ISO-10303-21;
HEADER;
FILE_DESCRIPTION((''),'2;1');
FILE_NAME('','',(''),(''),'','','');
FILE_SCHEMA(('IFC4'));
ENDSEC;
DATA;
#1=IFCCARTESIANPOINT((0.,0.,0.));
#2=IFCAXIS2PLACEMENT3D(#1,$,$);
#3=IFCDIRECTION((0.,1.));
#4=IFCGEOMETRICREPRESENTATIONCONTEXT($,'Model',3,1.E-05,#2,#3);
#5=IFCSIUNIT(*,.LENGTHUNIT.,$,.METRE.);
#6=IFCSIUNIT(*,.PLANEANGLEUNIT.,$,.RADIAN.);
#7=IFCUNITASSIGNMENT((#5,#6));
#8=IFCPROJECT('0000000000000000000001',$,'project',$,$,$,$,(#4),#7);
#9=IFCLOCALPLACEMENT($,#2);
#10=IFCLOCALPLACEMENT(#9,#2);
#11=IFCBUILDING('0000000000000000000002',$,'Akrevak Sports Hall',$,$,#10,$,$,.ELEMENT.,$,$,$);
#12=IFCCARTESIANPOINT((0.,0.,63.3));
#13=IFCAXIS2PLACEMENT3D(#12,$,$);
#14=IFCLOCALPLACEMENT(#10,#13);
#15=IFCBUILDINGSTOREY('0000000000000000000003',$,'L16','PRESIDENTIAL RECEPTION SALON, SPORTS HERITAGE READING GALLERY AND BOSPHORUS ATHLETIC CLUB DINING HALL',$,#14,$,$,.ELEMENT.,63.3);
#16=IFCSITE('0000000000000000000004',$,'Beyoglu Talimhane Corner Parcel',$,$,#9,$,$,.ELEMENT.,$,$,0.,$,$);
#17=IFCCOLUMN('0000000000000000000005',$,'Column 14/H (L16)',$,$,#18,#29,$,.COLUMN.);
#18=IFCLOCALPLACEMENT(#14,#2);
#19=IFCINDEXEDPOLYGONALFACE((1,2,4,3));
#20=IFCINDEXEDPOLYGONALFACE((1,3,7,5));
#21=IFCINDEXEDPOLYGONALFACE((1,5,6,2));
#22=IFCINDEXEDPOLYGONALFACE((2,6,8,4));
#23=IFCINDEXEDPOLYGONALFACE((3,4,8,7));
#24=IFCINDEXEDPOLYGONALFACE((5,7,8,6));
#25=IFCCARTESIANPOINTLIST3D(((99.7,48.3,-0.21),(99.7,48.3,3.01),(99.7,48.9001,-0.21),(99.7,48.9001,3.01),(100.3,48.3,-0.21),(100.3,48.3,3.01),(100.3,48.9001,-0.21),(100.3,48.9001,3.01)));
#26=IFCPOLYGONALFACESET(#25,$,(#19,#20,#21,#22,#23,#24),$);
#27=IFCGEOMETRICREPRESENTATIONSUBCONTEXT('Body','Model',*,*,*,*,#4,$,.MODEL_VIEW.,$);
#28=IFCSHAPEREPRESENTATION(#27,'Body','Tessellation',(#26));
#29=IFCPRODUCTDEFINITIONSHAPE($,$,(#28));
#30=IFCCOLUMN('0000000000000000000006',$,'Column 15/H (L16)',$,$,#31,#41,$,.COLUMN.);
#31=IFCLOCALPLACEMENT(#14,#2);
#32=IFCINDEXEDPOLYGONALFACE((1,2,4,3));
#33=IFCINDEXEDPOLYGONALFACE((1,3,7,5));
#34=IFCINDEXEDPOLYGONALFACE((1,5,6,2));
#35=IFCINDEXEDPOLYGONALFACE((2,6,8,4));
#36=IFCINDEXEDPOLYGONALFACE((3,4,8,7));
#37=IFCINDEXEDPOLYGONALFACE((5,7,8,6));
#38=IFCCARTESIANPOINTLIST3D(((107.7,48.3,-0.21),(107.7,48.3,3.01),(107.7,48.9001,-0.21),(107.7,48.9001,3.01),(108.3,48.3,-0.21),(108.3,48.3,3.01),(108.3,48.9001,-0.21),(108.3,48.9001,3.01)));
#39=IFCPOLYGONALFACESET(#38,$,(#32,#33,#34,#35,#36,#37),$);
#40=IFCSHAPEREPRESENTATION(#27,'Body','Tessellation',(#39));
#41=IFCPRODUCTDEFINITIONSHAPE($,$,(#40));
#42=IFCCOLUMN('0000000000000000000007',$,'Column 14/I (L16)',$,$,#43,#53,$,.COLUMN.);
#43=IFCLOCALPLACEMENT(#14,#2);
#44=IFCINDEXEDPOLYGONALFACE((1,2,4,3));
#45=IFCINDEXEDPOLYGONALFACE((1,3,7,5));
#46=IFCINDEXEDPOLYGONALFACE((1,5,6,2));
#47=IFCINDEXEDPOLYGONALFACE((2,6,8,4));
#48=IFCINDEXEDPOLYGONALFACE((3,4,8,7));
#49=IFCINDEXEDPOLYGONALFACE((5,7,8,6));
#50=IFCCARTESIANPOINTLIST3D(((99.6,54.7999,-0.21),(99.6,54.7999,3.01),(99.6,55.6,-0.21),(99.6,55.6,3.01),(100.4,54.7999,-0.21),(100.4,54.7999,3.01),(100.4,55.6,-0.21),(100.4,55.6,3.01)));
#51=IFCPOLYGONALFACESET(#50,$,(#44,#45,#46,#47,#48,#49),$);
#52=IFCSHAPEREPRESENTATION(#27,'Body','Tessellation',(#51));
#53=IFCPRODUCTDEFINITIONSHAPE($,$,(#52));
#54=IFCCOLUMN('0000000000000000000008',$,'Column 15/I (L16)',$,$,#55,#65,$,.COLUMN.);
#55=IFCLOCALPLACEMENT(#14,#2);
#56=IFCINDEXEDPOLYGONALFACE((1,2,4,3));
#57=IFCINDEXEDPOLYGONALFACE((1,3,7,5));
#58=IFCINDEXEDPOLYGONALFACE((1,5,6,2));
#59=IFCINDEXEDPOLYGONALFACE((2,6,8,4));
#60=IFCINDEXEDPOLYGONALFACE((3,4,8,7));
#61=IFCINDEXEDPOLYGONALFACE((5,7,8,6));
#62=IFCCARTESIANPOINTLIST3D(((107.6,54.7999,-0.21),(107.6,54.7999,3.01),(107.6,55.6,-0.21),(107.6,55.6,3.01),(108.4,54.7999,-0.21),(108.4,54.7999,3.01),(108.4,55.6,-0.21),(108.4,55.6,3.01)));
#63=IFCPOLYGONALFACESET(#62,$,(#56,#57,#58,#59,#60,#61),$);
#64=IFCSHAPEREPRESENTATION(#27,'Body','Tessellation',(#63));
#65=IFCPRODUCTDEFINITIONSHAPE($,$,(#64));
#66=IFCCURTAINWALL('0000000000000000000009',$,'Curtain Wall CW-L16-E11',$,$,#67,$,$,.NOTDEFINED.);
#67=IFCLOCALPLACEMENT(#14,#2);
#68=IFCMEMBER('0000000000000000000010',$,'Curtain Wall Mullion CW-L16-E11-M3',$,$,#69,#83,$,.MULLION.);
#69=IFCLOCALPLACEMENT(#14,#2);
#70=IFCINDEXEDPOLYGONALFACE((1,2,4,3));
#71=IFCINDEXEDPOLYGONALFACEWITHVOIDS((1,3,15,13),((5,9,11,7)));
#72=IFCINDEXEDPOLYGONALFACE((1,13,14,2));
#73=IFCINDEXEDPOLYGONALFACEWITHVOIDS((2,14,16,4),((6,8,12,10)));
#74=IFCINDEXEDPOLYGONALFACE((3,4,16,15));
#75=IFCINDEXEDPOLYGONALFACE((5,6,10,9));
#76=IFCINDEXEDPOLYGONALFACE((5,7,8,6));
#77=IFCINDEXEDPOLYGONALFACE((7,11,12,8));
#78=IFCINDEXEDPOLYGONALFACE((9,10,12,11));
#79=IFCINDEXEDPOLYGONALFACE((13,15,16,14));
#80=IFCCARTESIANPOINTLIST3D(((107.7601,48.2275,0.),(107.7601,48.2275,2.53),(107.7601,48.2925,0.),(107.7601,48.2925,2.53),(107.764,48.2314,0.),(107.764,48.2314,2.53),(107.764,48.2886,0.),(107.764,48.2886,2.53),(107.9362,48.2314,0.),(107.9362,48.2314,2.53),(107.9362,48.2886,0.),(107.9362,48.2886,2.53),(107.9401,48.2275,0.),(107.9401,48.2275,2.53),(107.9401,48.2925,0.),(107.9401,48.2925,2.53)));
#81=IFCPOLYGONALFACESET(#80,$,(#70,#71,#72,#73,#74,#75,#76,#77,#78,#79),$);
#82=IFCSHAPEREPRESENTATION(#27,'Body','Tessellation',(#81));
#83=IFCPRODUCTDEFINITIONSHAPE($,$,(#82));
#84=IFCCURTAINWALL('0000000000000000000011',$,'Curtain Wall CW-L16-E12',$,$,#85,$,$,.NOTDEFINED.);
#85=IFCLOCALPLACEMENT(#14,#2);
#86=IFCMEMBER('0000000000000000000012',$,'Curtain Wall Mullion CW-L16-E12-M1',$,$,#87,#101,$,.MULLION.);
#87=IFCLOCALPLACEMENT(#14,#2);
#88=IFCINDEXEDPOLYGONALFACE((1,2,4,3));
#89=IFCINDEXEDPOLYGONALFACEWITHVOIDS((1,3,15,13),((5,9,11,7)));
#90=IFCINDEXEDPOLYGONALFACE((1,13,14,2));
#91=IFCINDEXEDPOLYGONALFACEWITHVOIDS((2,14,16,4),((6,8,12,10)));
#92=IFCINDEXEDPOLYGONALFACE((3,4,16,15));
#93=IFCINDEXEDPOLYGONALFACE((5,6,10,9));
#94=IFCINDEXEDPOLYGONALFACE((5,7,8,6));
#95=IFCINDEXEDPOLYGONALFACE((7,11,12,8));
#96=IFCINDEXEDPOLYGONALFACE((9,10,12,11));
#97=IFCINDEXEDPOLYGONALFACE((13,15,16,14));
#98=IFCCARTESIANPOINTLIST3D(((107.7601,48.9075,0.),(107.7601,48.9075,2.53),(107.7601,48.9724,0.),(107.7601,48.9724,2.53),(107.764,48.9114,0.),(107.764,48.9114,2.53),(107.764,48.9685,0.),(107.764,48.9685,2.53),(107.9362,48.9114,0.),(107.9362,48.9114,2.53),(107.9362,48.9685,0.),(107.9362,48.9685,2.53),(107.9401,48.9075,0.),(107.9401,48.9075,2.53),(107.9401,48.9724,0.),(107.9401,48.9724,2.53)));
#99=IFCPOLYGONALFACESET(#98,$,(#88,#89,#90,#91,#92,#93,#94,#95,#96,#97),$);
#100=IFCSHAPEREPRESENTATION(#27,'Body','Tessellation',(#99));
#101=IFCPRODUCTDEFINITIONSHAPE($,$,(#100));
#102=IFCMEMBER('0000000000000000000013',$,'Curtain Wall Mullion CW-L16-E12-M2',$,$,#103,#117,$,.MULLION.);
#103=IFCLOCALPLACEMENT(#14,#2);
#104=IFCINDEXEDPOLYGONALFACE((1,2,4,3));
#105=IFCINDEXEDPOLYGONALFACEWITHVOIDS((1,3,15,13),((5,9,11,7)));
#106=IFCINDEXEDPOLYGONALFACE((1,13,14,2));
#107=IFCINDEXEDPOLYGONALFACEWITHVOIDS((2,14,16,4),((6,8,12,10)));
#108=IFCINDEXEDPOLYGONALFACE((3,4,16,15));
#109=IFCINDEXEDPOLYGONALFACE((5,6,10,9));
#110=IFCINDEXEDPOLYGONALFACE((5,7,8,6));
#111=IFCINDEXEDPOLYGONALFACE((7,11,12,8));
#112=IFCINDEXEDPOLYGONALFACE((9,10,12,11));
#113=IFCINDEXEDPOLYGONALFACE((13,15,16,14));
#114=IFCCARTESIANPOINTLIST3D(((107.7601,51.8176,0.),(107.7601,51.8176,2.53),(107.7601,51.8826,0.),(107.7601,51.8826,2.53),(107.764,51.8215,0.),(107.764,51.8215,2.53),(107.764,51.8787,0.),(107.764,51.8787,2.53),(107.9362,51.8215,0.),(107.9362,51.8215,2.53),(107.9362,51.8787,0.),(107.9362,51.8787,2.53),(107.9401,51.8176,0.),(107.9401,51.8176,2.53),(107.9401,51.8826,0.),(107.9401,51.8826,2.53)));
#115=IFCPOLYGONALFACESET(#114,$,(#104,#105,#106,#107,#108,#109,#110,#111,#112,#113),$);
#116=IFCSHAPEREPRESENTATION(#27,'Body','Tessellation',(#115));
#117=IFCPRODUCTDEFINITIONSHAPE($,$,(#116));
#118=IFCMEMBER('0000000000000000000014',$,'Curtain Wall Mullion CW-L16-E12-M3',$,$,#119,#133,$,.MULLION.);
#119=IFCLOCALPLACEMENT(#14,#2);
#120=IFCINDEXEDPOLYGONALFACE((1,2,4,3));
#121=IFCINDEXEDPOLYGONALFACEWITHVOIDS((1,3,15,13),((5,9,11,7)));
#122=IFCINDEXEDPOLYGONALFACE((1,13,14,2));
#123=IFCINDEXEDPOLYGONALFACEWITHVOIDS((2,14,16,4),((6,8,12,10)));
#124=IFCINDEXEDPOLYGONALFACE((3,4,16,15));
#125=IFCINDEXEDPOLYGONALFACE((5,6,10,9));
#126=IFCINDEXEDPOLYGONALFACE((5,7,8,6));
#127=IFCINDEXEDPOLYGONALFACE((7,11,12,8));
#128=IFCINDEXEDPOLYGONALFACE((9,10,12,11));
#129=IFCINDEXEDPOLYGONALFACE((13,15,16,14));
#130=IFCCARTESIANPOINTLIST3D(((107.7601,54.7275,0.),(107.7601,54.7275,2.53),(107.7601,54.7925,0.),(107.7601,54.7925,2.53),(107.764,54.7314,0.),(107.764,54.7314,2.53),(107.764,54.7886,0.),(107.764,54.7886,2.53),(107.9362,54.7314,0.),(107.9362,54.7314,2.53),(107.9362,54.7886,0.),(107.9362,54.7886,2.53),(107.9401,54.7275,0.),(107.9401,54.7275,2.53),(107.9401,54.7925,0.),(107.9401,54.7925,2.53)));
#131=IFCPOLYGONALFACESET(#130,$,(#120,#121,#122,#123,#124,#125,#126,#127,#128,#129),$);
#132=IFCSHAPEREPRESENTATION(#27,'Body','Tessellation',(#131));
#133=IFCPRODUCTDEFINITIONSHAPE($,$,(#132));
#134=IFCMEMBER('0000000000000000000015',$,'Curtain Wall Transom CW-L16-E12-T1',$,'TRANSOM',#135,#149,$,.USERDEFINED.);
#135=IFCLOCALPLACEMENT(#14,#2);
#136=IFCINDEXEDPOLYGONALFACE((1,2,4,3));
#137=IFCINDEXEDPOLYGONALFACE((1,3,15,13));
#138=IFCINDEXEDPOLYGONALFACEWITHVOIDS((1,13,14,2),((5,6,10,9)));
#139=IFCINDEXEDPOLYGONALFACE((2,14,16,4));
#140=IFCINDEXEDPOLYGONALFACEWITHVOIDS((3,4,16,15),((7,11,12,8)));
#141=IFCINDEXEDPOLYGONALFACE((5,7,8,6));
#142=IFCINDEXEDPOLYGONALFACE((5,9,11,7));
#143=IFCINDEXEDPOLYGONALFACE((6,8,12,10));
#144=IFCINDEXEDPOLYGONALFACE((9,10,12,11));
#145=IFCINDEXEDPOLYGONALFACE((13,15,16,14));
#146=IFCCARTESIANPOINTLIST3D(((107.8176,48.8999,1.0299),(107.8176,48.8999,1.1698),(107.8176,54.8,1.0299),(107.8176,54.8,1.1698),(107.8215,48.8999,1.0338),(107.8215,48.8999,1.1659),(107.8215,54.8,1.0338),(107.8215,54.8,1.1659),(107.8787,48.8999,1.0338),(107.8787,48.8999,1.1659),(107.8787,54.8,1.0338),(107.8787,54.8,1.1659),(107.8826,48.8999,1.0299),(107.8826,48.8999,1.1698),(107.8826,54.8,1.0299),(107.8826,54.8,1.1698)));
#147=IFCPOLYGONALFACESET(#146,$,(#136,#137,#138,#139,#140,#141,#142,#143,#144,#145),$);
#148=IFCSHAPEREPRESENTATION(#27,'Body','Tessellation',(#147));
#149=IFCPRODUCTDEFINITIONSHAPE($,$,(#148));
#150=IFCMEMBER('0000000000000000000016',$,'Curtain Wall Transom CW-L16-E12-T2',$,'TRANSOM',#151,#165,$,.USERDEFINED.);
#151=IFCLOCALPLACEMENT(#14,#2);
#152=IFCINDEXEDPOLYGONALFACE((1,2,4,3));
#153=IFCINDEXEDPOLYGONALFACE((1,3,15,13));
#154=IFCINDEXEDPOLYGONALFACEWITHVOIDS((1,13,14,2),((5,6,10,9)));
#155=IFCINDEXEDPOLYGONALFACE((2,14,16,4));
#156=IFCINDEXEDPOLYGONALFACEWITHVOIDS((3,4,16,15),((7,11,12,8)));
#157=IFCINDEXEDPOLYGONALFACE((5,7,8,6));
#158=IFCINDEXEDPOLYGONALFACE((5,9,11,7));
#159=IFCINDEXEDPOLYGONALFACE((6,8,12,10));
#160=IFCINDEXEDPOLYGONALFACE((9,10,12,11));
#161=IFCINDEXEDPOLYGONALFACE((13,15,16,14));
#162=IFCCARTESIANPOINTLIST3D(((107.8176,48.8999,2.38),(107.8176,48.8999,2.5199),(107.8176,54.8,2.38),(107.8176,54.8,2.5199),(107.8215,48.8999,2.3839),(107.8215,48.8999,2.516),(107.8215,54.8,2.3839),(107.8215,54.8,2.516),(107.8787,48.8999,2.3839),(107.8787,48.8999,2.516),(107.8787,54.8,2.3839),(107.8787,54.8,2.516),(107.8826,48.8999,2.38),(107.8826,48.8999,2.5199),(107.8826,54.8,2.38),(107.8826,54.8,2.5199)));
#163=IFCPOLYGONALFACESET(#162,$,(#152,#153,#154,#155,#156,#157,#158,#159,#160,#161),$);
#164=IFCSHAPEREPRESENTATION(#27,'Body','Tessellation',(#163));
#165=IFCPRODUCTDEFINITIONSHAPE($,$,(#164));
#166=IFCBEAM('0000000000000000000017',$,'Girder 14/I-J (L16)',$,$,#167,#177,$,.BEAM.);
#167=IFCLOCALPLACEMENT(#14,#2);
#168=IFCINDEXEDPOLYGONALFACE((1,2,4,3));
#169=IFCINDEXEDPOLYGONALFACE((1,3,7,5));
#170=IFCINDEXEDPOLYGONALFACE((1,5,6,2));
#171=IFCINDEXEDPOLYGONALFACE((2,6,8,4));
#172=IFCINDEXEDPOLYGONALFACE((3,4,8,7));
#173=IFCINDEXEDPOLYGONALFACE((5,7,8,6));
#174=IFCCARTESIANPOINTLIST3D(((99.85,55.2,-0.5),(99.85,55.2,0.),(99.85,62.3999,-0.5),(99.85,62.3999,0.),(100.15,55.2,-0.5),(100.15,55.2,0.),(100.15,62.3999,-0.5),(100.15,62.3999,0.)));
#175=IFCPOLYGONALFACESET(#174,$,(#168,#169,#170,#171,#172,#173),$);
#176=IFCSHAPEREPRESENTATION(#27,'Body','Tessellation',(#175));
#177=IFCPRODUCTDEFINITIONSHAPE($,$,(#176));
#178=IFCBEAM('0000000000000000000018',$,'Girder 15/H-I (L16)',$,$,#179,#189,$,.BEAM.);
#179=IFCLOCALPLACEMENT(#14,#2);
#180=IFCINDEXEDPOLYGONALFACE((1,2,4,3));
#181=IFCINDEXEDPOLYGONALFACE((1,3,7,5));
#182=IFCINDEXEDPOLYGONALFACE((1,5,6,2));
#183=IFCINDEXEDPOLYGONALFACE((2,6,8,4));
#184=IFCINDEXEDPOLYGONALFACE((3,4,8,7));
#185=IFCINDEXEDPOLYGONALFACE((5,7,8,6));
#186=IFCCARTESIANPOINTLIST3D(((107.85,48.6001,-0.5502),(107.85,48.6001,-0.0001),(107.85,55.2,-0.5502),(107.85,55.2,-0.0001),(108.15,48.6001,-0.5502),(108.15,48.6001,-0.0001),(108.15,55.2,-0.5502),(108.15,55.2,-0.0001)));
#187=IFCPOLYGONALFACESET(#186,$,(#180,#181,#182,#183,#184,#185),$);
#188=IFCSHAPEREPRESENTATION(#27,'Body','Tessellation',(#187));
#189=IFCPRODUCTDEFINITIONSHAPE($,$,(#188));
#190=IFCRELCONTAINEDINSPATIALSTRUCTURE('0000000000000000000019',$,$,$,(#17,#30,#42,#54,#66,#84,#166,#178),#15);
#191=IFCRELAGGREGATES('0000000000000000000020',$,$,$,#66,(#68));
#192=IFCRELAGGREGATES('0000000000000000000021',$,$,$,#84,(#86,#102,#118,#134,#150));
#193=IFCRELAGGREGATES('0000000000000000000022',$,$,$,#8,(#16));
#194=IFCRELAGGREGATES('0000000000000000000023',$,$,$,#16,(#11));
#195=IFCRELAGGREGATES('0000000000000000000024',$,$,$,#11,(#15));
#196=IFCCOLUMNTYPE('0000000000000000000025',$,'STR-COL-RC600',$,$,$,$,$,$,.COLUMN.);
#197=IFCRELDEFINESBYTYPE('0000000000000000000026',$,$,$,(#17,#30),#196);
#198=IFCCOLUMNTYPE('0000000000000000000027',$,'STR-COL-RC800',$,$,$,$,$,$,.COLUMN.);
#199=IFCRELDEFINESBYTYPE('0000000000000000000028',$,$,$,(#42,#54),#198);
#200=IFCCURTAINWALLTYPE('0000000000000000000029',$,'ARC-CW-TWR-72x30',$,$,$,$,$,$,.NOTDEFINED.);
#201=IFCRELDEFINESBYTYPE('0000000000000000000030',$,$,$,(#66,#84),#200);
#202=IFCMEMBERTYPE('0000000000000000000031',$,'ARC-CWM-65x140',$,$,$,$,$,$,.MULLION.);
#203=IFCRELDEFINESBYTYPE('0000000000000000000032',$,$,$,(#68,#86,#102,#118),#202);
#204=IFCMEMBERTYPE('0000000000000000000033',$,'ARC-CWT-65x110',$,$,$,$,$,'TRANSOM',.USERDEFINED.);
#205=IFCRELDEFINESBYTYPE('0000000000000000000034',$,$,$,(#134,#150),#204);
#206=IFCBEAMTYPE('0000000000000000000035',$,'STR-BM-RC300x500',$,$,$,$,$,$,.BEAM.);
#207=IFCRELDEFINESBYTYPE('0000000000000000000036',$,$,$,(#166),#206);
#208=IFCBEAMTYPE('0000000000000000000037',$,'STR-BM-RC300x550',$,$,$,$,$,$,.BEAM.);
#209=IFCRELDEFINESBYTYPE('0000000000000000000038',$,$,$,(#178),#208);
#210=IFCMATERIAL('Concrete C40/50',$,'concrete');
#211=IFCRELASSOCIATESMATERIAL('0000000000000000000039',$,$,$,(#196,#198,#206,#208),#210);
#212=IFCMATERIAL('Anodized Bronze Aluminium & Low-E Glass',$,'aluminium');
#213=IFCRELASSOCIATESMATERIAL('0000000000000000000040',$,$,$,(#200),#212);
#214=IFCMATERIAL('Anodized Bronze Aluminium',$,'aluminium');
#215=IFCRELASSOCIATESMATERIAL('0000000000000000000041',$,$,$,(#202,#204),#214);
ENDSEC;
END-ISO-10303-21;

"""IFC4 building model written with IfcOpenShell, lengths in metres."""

from ifc_helpers import new_model, si_unit, direction, frame, origin, origin_2d, place, context, subcontext, project, spatial, rectangle, hollow_rectangle, extrude, material, material_profile, profile_set, type_object, element, aggregate, save


model = new_model("IFC4")

# Units and contexts
model_context = context("Model", 3, precision=1e-05, world=origin(), true_north=direction((0.0, 1.0)))
body_context = subcontext(model_context, "Body", "Model", "MODEL_VIEW")
ifc_project = project(units=[si_unit("LENGTHUNIT", "METRE"), si_unit("PLANEANGLEUNIT", "RADIAN")], contexts=[model_context])

# Site, building, storey
site_placement = place(None, origin())
site = spatial("IfcSite", under=ifc_project, at=site_placement, Name="Beyoglu Talimhane Corner Parcel", CompositionType="ELEMENT", RefElevation=0.0)
building_placement = place(site_placement, origin())
building = spatial("IfcBuilding", under=site, at=building_placement, Name="Akrevak Sports Hall", CompositionType="ELEMENT")
storey_placement = place(building_placement, frame((0.0, 0.0, 63.3)))
storey = spatial("IfcBuildingStorey", under=building, at=storey_placement, Name="L16", Description="PRESIDENTIAL RECEPTION SALON, SPORTS HERITAGE READING GALLERY AND BOSPHORUS ATHLETIC CLUB DINING HALL", CompositionType="ELEMENT", Elevation=63.3)

# Columns
ifc_material_1 = material(Name="Concrete C40/50", Category="concrete")
ifc_material_profile_1 = material_profile(ifc_material_1, rectangle(XDim=0.6001, YDim=0.6001, at=origin_2d()), Name="RC 600x600", Category="concrete")
ifc_profile_set_1 = profile_set([ifc_material_profile_1], Name="Concrete C40/50")
column_type_1 = type_object("IfcColumnType", Name="STR-COL-RC600", PredefinedType="COLUMN", material=ifc_profile_set_1)
for number, where, z_axis, x_axis, name in (
    (1, (100.0, 48.6001, -0.21), (0.0, 0.0, 1.0), (1.0, 0.0, 0.0), "Column 14/H (L16)"),
    (2, (108.0, 48.6001, -0.21), (0.0, 0.0, 1.0), (1.0, 0.0, 0.0), "Column 15/H (L16)"),
):
    element("IfcColumn", number, at=place(storey_placement, frame(where, z_axis=z_axis, x_axis=x_axis)), inside=storey, type_object=column_type_1, Name=name, PredefinedType="COLUMN", context=body_context, shape_type="SweptSolid", body=[
        extrude(rectangle(XDim=0.6001, YDim=0.6001, at=origin_2d()), origin(), (0.0, 0.0, 1.0), 3.22),
    ])
ifc_material_profile_2 = material_profile(ifc_material_1, rectangle(XDim=0.8, YDim=0.8, at=origin_2d()), Name="RC 800x800", Category="concrete")
ifc_profile_set_2 = profile_set([ifc_material_profile_2], Name="Concrete C40/50")
column_type_2 = type_object("IfcColumnType", Name="STR-COL-RC800", PredefinedType="COLUMN", material=ifc_profile_set_2)
for number, where, z_axis, x_axis, name in (
    (3, (100.0, 55.2, -0.21), (0.0, 0.0, 1.0), (1.0, 0.0, 0.0), "Column 14/I (L16)"),
    (4, (108.0, 55.2, -0.21), (0.0, 0.0, 1.0), (1.0, 0.0, 0.0), "Column 15/I (L16)"),
):
    element("IfcColumn", number, at=place(storey_placement, frame(where, z_axis=z_axis, x_axis=x_axis)), inside=storey, type_object=column_type_2, Name=name, PredefinedType="COLUMN", context=body_context, shape_type="SweptSolid", body=[
        extrude(rectangle(XDim=0.8, YDim=0.8, at=origin_2d()), origin(), (0.0, 0.0, 1.0), 3.22),
    ])

# Curtain wall, member
ifc_material_2 = material(Name="Anodized Bronze Aluminium & Low-E Glass", Category="aluminium")
curtain_wall_type = type_object("IfcCurtainWallType", Name="ARC-CW-TWR-72x30", PredefinedType="NOTDEFINED", material=ifc_material_2)
curtain_wall_1_placement = place(storey_placement, origin())
curtain_wall_1 = element("IfcCurtainWall", 5, at=curtain_wall_1_placement, inside=storey, type_object=curtain_wall_type, Name="Curtain Wall CW-L16-E11", PredefinedType="NOTDEFINED")
ifc_material_3 = material(Name="Anodized Bronze Aluminium", Category="aluminium")
ifc_material_profile_3 = material_profile(ifc_material_3, hollow_rectangle(XDim=0.0649, YDim=0.1799, WallThickness=0.0039, at=origin_2d()), Name="CWM 65x180", Category="aluminium")
ifc_profile_set_3 = profile_set([ifc_material_profile_3], Name="Anodized Bronze Aluminium")
member_type_1 = type_object("IfcMemberType", Name="ARC-CWM-65x140", PredefinedType="MULLION", material=ifc_profile_set_3)
member_1_placement = place(storey_placement, frame((107.8501, 48.26, 0.0), z_axis=(0.0, 0.0, 1.0), x_axis=(0.0, 1.0, 0.0)))
member_1 = element("IfcMember", 6, at=member_1_placement, type_object=member_type_1, Name="Curtain Wall Mullion CW-L16-E11-M3", PredefinedType="MULLION", context=body_context, shape_type="SweptSolid", body=[
    extrude(hollow_rectangle(XDim=0.0649, YDim=0.1799, WallThickness=0.0039, at=origin_2d()), origin(), (0.0, 0.0, 1.0), 2.53),
])
aggregate(curtain_wall_1, [member_1])

# Curtain wall, members
curtain_wall_2_placement = place(storey_placement, origin())
curtain_wall_2 = element("IfcCurtainWall", 7, at=curtain_wall_2_placement, inside=storey, type_object=curtain_wall_type, Name="Curtain Wall CW-L16-E12", PredefinedType="NOTDEFINED")
member_2_placement = place(storey_placement, frame((107.8501, 48.9399, 0.0), z_axis=(0.0, 0.0, 1.0), x_axis=(0.0, 1.0, 0.0)))
member_2 = element("IfcMember", 8, at=member_2_placement, type_object=member_type_1, Name="Curtain Wall Mullion CW-L16-E12-M1", PredefinedType="MULLION", context=body_context, shape_type="SweptSolid", body=[
    extrude(hollow_rectangle(XDim=0.0649, YDim=0.1799, WallThickness=0.0039, at=origin_2d()), origin(), (0.0, 0.0, 1.0), 2.53),
])
member_3_placement = place(storey_placement, frame((107.8501, 51.8501, 0.0), z_axis=(0.0, 0.0, 1.0), x_axis=(0.0, 1.0, 0.0)))
member_3 = element("IfcMember", 9, at=member_3_placement, type_object=member_type_1, Name="Curtain Wall Mullion CW-L16-E12-M2", PredefinedType="MULLION", context=body_context, shape_type="SweptSolid", body=[
    extrude(hollow_rectangle(XDim=0.0649, YDim=0.1799, WallThickness=0.0039, at=origin_2d()), origin(), (0.0, 0.0, 1.0), 2.53),
])
member_4_placement = place(storey_placement, frame((107.8501, 54.76, 0.0), z_axis=(0.0, 0.0, 1.0), x_axis=(0.0, 1.0, 0.0)))
member_4 = element("IfcMember", 10, at=member_4_placement, type_object=member_type_1, Name="Curtain Wall Mullion CW-L16-E12-M3", PredefinedType="MULLION", context=body_context, shape_type="SweptSolid", body=[
    extrude(hollow_rectangle(XDim=0.0649, YDim=0.1799, WallThickness=0.0039, at=origin_2d()), origin(), (0.0, 0.0, 1.0), 2.53),
])
ifc_material_profile_4 = material_profile(ifc_material_3, hollow_rectangle(XDim=0.0649, YDim=0.1399, WallThickness=0.0039, at=origin_2d()), Name="CWT 65x140", Category="aluminium")
ifc_profile_set_4 = profile_set([ifc_material_profile_4], Name="Anodized Bronze Aluminium")
member_type_2 = type_object("IfcMemberType", Name="ARC-CWT-65x110", ElementType="TRANSOM", PredefinedType="USERDEFINED", material=ifc_profile_set_4)
member_5_placement = place(storey_placement, frame((107.8501, 48.8999, 1.0999), z_axis=(0.0, 1.0, 0.0), x_axis=(-1.0, 0.0, 0.0)))
member_5 = element("IfcMember", 11, at=member_5_placement, type_object=member_type_2, Name="Curtain Wall Transom CW-L16-E12-T1", ObjectType="TRANSOM", PredefinedType="USERDEFINED", context=body_context, shape_type="SweptSolid", body=[
    extrude(hollow_rectangle(XDim=0.0649, YDim=0.1399, WallThickness=0.0039, at=origin_2d()), origin(), (0.0, 0.0, 1.0), 5.9001),
])
member_6_placement = place(storey_placement, frame((107.8501, 48.8999, 2.45), z_axis=(0.0, 1.0, 0.0), x_axis=(-1.0, 0.0, 0.0)))
member_6 = element("IfcMember", 12, at=member_6_placement, type_object=member_type_2, Name="Curtain Wall Transom CW-L16-E12-T2", ObjectType="TRANSOM", PredefinedType="USERDEFINED", context=body_context, shape_type="SweptSolid", body=[
    extrude(hollow_rectangle(XDim=0.0649, YDim=0.1399, WallThickness=0.0039, at=origin_2d()), origin(), (0.0, 0.0, 1.0), 5.9001),
])

# Beams
ifc_material_profile_5 = material_profile(ifc_material_1, rectangle(XDim=0.3, YDim=0.5, at=origin_2d()), Name="BM 300x500", Category="concrete")
ifc_profile_set_5 = profile_set([ifc_material_profile_5], Name="Concrete C40/50")
beam_type_1 = type_object("IfcBeamType", Name="STR-BM-RC300x500", PredefinedType="BEAM", material=ifc_profile_set_5)
beam_1_placement = place(storey_placement, frame((100.0, 55.2, -0.25), z_axis=(0.0, 1.0, 0.0), x_axis=(-1.0, 0.0, 0.0)))
element("IfcBeam", 13, at=beam_1_placement, inside=storey, type_object=beam_type_1, Name="Girder 14/I-J (L16)", PredefinedType="BEAM", context=body_context, shape_type="SweptSolid", body=[
    extrude(rectangle(XDim=0.3, YDim=0.5, at=origin_2d()), origin(), (0.0, 0.0, 1.0), 7.2),
])
ifc_material_profile_6 = material_profile(ifc_material_1, rectangle(XDim=0.3, YDim=0.55, at=origin_2d()), Name="BM 300x550", Category="concrete")
ifc_profile_set_6 = profile_set([ifc_material_profile_6], Name="Concrete C40/50")
beam_type_2 = type_object("IfcBeamType", Name="STR-BM-RC300x550", PredefinedType="BEAM", material=ifc_profile_set_6)
beam_2_placement = place(storey_placement, frame((108.0, 48.6001, -0.2751), z_axis=(0.0, 1.0, 0.0), x_axis=(-1.0, 0.0, 0.0)))
element("IfcBeam", 14, at=beam_2_placement, inside=storey, type_object=beam_type_2, Name="Girder 15/H-I (L16)", PredefinedType="BEAM", context=body_context, shape_type="SweptSolid", body=[
    extrude(rectangle(XDim=0.3, YDim=0.55, at=origin_2d()), origin(), (0.0, 0.0, 1.0), 6.5999),
])

aggregate(curtain_wall_2, [member_2, member_3, member_4, member_5, member_6])

save(model, "model.ifc")
